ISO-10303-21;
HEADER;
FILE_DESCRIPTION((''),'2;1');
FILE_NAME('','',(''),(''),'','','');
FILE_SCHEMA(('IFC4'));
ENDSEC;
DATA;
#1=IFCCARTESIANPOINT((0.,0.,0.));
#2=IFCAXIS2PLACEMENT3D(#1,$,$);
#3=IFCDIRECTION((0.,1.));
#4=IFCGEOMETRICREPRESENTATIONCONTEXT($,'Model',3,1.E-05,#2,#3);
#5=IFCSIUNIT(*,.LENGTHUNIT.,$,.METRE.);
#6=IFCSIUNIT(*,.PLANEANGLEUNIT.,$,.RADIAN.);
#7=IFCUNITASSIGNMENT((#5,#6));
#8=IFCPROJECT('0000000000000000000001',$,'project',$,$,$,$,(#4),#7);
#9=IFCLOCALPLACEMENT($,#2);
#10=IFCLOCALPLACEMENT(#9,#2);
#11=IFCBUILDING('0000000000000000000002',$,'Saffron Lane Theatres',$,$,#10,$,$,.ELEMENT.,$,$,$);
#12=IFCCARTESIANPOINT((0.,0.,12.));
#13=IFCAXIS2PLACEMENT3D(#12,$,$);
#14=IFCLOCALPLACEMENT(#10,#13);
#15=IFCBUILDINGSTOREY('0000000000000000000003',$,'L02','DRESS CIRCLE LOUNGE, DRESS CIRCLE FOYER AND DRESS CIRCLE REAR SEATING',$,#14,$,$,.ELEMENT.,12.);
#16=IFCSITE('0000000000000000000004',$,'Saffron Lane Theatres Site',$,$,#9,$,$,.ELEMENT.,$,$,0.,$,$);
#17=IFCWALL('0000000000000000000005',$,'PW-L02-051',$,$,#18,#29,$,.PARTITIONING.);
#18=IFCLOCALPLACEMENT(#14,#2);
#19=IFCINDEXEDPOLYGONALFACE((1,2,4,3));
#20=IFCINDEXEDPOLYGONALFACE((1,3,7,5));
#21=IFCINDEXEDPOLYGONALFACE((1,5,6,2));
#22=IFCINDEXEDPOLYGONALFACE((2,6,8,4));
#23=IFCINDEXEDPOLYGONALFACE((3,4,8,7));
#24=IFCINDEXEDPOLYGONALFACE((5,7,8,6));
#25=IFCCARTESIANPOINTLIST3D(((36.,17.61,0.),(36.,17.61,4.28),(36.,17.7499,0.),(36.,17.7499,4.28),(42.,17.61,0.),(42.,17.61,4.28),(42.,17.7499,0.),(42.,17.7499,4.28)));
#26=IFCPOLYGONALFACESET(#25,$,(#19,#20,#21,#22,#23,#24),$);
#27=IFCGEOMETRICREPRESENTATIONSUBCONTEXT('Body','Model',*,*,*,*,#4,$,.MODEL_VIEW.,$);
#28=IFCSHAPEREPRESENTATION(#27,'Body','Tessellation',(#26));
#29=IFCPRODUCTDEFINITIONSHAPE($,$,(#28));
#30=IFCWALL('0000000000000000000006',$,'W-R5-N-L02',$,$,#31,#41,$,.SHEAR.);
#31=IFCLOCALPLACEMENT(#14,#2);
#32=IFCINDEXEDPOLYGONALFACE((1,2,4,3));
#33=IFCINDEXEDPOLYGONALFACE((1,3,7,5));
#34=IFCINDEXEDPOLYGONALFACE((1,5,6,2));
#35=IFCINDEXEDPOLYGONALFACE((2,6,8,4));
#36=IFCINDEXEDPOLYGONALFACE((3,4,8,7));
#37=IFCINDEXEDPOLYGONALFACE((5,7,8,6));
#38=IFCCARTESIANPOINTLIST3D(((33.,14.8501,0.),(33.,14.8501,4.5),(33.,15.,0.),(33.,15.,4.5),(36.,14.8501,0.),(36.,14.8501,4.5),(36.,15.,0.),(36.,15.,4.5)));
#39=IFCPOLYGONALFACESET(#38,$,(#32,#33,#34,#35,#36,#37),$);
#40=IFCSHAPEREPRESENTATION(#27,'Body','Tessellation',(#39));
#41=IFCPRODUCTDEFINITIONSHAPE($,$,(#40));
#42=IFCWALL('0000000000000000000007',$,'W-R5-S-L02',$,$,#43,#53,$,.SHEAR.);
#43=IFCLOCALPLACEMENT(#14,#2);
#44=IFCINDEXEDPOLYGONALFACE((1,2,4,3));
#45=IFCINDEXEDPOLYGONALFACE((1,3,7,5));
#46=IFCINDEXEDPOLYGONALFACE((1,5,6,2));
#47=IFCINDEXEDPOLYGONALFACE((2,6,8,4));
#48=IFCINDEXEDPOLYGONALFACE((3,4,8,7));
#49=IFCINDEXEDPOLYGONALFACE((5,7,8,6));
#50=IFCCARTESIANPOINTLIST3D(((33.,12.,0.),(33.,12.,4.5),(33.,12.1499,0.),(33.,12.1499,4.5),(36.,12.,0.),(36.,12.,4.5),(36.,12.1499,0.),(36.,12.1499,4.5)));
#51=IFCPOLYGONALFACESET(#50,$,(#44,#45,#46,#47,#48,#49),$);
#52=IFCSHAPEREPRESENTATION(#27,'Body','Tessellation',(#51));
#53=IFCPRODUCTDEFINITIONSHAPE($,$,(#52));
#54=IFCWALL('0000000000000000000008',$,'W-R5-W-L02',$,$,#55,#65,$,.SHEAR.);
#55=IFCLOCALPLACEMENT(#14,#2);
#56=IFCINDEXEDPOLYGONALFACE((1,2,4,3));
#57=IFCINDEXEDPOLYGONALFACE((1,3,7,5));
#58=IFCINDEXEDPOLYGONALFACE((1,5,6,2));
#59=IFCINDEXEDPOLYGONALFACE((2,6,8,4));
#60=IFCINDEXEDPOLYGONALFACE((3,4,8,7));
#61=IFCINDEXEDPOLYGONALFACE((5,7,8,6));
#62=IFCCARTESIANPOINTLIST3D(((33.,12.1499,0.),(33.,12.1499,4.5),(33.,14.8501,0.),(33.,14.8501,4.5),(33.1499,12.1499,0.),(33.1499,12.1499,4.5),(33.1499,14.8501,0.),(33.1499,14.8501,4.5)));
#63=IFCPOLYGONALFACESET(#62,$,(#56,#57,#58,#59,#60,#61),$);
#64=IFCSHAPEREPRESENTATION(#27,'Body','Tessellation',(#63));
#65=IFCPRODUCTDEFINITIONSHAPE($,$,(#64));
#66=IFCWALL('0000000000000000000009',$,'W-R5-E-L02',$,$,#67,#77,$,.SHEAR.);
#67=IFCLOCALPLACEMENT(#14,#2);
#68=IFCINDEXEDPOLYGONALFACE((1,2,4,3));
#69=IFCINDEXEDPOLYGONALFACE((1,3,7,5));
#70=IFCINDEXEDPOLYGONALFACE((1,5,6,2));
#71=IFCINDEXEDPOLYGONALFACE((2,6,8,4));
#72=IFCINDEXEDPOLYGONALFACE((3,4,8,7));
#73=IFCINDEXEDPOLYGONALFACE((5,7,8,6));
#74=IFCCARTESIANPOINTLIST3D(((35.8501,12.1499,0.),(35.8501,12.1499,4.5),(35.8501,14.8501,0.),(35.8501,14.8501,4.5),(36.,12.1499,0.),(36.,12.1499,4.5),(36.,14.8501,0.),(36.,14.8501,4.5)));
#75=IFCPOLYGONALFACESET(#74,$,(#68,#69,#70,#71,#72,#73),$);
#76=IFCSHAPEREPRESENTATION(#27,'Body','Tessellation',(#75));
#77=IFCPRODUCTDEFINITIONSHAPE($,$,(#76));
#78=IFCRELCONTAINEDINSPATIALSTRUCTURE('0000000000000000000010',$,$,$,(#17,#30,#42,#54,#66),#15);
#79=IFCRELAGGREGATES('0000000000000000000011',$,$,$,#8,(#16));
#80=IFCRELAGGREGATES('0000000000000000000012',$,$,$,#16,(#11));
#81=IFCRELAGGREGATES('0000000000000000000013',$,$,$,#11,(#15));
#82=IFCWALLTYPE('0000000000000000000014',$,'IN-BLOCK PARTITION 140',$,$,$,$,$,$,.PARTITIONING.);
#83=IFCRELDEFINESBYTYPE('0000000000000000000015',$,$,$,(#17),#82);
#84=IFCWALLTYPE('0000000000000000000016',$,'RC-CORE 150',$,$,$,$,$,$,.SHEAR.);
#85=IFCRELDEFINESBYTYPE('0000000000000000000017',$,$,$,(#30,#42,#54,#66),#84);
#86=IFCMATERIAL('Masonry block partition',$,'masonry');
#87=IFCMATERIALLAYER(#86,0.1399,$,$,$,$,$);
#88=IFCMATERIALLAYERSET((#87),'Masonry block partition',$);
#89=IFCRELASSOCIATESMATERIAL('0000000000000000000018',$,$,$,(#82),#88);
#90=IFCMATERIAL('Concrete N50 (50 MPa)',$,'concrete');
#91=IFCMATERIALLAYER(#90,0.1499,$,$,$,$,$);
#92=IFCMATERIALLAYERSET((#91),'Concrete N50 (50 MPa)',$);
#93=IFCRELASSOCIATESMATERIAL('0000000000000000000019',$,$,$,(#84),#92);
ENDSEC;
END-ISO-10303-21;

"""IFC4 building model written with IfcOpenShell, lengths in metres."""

from ifc_helpers import new_model, si_unit, direction, frame, frame_2d, origin, place, context, subcontext, project, spatial, rectangle, extrude, material, layer, layer_set, type_object, element, save


model = new_model("IFC4")

# Units and contexts
model_context = context("Model", 3, precision=1e-05, world=origin(), true_north=direction((0.0, 1.0)))
body_context = subcontext(model_context, "Body", "Model", "MODEL_VIEW")
ifc_project = project(units=[si_unit("LENGTHUNIT", "METRE"), si_unit("PLANEANGLEUNIT", "RADIAN")], contexts=[model_context])

# Site, building, storey
site_placement = place(None, origin())
site = spatial("IfcSite", under=ifc_project, at=site_placement, Name="Saffron Lane Theatres Site", CompositionType="ELEMENT", RefElevation=0.0)
building_placement = place(site_placement, origin())
building = spatial("IfcBuilding", under=site, at=building_placement, Name="Saffron Lane Theatres", CompositionType="ELEMENT")
storey_placement = place(building_placement, frame((0.0, 0.0, 12.0)))
storey = spatial("IfcBuildingStorey", under=building, at=storey_placement, Name="L02", Description="DRESS CIRCLE LOUNGE, DRESS CIRCLE FOYER AND DRESS CIRCLE REAR SEATING", CompositionType="ELEMENT", Elevation=12.0)

# Walls
ifc_material_1 = material(Name="Masonry block partition", Category="masonry")
ifc_layer_1 = layer(ifc_material_1, 0.1399)
ifc_layer_set_1 = layer_set([ifc_layer_1], Name="Masonry block partition")
wall_type_1 = type_object("IfcWallType", Name="IN-BLOCK PARTITION 140", PredefinedType="PARTITIONING", material=ifc_layer_set_1)
wall_1_placement = place(storey_placement, frame((36.0, 17.6799, 0.0), z_axis=(0.0, 0.0, 1.0), x_axis=(1.0, 0.0, 0.0)))
element("IfcWall", 1, at=wall_1_placement, inside=storey, type_object=wall_type_1, Name="PW-L02-051", PredefinedType="PARTITIONING", context=body_context, shape_type="SweptSolid", body=[
    extrude(rectangle(XDim=6.0, YDim=0.1399, at=frame_2d((3.0, 0.0))), origin(), (0.0, 0.0, 1.0), 4.28),
])
ifc_material_2 = material(Name="Concrete N50 (50 MPa)", Category="concrete")
ifc_layer_2 = layer(ifc_material_2, 0.1499)
ifc_layer_set_2 = layer_set([ifc_layer_2], Name="Concrete N50 (50 MPa)")
wall_type_2 = type_object("IfcWallType", Name="RC-CORE 150", PredefinedType="SHEAR", material=ifc_layer_set_2)
for number, where, z_axis, x_axis, name in (
    (2, (33.0, 14.925, 0.0), (0.0, 0.0, 1.0), (1.0, 0.0, 0.0), "W-R5-N-L02"),
    (3, (33.0, 12.075, 0.0), (0.0, 0.0, 1.0), (1.0, 0.0, 0.0), "W-R5-S-L02"),
):
    element("IfcWall", number, at=place(storey_placement, frame(where, z_axis=z_axis, x_axis=x_axis)), inside=storey, type_object=wall_type_2, Name=name, PredefinedType="SHEAR", context=body_context, shape_type="SweptSolid", body=[
        extrude(rectangle(XDim=3.0, YDim=0.1499, at=frame_2d((1.5, 0.0))), origin(), (0.0, 0.0, 1.0), 4.5),
    ])
for number, where, z_axis, x_axis, name in (
    (4, (33.075, 12.1499, 0.0), (0.0, 0.0, 1.0), (0.0, 1.0, 0.0), "W-R5-W-L02"),
    (5, (35.925, 12.1499, 0.0), (0.0, 0.0, 1.0), (0.0, 1.0, 0.0), "W-R5-E-L02"),
):
    element("IfcWall", number, at=place(storey_placement, frame(where, z_axis=z_axis, x_axis=x_axis)), inside=storey, type_object=wall_type_2, Name=name, PredefinedType="SHEAR", context=body_context, shape_type="SweptSolid", body=[
        extrude(rectangle(XDim=2.7002, YDim=0.1499, at=frame_2d((1.3501, 0.0))), origin(), (0.0, 0.0, 1.0), 4.5),
    ])

save(model, "model.ifc")
